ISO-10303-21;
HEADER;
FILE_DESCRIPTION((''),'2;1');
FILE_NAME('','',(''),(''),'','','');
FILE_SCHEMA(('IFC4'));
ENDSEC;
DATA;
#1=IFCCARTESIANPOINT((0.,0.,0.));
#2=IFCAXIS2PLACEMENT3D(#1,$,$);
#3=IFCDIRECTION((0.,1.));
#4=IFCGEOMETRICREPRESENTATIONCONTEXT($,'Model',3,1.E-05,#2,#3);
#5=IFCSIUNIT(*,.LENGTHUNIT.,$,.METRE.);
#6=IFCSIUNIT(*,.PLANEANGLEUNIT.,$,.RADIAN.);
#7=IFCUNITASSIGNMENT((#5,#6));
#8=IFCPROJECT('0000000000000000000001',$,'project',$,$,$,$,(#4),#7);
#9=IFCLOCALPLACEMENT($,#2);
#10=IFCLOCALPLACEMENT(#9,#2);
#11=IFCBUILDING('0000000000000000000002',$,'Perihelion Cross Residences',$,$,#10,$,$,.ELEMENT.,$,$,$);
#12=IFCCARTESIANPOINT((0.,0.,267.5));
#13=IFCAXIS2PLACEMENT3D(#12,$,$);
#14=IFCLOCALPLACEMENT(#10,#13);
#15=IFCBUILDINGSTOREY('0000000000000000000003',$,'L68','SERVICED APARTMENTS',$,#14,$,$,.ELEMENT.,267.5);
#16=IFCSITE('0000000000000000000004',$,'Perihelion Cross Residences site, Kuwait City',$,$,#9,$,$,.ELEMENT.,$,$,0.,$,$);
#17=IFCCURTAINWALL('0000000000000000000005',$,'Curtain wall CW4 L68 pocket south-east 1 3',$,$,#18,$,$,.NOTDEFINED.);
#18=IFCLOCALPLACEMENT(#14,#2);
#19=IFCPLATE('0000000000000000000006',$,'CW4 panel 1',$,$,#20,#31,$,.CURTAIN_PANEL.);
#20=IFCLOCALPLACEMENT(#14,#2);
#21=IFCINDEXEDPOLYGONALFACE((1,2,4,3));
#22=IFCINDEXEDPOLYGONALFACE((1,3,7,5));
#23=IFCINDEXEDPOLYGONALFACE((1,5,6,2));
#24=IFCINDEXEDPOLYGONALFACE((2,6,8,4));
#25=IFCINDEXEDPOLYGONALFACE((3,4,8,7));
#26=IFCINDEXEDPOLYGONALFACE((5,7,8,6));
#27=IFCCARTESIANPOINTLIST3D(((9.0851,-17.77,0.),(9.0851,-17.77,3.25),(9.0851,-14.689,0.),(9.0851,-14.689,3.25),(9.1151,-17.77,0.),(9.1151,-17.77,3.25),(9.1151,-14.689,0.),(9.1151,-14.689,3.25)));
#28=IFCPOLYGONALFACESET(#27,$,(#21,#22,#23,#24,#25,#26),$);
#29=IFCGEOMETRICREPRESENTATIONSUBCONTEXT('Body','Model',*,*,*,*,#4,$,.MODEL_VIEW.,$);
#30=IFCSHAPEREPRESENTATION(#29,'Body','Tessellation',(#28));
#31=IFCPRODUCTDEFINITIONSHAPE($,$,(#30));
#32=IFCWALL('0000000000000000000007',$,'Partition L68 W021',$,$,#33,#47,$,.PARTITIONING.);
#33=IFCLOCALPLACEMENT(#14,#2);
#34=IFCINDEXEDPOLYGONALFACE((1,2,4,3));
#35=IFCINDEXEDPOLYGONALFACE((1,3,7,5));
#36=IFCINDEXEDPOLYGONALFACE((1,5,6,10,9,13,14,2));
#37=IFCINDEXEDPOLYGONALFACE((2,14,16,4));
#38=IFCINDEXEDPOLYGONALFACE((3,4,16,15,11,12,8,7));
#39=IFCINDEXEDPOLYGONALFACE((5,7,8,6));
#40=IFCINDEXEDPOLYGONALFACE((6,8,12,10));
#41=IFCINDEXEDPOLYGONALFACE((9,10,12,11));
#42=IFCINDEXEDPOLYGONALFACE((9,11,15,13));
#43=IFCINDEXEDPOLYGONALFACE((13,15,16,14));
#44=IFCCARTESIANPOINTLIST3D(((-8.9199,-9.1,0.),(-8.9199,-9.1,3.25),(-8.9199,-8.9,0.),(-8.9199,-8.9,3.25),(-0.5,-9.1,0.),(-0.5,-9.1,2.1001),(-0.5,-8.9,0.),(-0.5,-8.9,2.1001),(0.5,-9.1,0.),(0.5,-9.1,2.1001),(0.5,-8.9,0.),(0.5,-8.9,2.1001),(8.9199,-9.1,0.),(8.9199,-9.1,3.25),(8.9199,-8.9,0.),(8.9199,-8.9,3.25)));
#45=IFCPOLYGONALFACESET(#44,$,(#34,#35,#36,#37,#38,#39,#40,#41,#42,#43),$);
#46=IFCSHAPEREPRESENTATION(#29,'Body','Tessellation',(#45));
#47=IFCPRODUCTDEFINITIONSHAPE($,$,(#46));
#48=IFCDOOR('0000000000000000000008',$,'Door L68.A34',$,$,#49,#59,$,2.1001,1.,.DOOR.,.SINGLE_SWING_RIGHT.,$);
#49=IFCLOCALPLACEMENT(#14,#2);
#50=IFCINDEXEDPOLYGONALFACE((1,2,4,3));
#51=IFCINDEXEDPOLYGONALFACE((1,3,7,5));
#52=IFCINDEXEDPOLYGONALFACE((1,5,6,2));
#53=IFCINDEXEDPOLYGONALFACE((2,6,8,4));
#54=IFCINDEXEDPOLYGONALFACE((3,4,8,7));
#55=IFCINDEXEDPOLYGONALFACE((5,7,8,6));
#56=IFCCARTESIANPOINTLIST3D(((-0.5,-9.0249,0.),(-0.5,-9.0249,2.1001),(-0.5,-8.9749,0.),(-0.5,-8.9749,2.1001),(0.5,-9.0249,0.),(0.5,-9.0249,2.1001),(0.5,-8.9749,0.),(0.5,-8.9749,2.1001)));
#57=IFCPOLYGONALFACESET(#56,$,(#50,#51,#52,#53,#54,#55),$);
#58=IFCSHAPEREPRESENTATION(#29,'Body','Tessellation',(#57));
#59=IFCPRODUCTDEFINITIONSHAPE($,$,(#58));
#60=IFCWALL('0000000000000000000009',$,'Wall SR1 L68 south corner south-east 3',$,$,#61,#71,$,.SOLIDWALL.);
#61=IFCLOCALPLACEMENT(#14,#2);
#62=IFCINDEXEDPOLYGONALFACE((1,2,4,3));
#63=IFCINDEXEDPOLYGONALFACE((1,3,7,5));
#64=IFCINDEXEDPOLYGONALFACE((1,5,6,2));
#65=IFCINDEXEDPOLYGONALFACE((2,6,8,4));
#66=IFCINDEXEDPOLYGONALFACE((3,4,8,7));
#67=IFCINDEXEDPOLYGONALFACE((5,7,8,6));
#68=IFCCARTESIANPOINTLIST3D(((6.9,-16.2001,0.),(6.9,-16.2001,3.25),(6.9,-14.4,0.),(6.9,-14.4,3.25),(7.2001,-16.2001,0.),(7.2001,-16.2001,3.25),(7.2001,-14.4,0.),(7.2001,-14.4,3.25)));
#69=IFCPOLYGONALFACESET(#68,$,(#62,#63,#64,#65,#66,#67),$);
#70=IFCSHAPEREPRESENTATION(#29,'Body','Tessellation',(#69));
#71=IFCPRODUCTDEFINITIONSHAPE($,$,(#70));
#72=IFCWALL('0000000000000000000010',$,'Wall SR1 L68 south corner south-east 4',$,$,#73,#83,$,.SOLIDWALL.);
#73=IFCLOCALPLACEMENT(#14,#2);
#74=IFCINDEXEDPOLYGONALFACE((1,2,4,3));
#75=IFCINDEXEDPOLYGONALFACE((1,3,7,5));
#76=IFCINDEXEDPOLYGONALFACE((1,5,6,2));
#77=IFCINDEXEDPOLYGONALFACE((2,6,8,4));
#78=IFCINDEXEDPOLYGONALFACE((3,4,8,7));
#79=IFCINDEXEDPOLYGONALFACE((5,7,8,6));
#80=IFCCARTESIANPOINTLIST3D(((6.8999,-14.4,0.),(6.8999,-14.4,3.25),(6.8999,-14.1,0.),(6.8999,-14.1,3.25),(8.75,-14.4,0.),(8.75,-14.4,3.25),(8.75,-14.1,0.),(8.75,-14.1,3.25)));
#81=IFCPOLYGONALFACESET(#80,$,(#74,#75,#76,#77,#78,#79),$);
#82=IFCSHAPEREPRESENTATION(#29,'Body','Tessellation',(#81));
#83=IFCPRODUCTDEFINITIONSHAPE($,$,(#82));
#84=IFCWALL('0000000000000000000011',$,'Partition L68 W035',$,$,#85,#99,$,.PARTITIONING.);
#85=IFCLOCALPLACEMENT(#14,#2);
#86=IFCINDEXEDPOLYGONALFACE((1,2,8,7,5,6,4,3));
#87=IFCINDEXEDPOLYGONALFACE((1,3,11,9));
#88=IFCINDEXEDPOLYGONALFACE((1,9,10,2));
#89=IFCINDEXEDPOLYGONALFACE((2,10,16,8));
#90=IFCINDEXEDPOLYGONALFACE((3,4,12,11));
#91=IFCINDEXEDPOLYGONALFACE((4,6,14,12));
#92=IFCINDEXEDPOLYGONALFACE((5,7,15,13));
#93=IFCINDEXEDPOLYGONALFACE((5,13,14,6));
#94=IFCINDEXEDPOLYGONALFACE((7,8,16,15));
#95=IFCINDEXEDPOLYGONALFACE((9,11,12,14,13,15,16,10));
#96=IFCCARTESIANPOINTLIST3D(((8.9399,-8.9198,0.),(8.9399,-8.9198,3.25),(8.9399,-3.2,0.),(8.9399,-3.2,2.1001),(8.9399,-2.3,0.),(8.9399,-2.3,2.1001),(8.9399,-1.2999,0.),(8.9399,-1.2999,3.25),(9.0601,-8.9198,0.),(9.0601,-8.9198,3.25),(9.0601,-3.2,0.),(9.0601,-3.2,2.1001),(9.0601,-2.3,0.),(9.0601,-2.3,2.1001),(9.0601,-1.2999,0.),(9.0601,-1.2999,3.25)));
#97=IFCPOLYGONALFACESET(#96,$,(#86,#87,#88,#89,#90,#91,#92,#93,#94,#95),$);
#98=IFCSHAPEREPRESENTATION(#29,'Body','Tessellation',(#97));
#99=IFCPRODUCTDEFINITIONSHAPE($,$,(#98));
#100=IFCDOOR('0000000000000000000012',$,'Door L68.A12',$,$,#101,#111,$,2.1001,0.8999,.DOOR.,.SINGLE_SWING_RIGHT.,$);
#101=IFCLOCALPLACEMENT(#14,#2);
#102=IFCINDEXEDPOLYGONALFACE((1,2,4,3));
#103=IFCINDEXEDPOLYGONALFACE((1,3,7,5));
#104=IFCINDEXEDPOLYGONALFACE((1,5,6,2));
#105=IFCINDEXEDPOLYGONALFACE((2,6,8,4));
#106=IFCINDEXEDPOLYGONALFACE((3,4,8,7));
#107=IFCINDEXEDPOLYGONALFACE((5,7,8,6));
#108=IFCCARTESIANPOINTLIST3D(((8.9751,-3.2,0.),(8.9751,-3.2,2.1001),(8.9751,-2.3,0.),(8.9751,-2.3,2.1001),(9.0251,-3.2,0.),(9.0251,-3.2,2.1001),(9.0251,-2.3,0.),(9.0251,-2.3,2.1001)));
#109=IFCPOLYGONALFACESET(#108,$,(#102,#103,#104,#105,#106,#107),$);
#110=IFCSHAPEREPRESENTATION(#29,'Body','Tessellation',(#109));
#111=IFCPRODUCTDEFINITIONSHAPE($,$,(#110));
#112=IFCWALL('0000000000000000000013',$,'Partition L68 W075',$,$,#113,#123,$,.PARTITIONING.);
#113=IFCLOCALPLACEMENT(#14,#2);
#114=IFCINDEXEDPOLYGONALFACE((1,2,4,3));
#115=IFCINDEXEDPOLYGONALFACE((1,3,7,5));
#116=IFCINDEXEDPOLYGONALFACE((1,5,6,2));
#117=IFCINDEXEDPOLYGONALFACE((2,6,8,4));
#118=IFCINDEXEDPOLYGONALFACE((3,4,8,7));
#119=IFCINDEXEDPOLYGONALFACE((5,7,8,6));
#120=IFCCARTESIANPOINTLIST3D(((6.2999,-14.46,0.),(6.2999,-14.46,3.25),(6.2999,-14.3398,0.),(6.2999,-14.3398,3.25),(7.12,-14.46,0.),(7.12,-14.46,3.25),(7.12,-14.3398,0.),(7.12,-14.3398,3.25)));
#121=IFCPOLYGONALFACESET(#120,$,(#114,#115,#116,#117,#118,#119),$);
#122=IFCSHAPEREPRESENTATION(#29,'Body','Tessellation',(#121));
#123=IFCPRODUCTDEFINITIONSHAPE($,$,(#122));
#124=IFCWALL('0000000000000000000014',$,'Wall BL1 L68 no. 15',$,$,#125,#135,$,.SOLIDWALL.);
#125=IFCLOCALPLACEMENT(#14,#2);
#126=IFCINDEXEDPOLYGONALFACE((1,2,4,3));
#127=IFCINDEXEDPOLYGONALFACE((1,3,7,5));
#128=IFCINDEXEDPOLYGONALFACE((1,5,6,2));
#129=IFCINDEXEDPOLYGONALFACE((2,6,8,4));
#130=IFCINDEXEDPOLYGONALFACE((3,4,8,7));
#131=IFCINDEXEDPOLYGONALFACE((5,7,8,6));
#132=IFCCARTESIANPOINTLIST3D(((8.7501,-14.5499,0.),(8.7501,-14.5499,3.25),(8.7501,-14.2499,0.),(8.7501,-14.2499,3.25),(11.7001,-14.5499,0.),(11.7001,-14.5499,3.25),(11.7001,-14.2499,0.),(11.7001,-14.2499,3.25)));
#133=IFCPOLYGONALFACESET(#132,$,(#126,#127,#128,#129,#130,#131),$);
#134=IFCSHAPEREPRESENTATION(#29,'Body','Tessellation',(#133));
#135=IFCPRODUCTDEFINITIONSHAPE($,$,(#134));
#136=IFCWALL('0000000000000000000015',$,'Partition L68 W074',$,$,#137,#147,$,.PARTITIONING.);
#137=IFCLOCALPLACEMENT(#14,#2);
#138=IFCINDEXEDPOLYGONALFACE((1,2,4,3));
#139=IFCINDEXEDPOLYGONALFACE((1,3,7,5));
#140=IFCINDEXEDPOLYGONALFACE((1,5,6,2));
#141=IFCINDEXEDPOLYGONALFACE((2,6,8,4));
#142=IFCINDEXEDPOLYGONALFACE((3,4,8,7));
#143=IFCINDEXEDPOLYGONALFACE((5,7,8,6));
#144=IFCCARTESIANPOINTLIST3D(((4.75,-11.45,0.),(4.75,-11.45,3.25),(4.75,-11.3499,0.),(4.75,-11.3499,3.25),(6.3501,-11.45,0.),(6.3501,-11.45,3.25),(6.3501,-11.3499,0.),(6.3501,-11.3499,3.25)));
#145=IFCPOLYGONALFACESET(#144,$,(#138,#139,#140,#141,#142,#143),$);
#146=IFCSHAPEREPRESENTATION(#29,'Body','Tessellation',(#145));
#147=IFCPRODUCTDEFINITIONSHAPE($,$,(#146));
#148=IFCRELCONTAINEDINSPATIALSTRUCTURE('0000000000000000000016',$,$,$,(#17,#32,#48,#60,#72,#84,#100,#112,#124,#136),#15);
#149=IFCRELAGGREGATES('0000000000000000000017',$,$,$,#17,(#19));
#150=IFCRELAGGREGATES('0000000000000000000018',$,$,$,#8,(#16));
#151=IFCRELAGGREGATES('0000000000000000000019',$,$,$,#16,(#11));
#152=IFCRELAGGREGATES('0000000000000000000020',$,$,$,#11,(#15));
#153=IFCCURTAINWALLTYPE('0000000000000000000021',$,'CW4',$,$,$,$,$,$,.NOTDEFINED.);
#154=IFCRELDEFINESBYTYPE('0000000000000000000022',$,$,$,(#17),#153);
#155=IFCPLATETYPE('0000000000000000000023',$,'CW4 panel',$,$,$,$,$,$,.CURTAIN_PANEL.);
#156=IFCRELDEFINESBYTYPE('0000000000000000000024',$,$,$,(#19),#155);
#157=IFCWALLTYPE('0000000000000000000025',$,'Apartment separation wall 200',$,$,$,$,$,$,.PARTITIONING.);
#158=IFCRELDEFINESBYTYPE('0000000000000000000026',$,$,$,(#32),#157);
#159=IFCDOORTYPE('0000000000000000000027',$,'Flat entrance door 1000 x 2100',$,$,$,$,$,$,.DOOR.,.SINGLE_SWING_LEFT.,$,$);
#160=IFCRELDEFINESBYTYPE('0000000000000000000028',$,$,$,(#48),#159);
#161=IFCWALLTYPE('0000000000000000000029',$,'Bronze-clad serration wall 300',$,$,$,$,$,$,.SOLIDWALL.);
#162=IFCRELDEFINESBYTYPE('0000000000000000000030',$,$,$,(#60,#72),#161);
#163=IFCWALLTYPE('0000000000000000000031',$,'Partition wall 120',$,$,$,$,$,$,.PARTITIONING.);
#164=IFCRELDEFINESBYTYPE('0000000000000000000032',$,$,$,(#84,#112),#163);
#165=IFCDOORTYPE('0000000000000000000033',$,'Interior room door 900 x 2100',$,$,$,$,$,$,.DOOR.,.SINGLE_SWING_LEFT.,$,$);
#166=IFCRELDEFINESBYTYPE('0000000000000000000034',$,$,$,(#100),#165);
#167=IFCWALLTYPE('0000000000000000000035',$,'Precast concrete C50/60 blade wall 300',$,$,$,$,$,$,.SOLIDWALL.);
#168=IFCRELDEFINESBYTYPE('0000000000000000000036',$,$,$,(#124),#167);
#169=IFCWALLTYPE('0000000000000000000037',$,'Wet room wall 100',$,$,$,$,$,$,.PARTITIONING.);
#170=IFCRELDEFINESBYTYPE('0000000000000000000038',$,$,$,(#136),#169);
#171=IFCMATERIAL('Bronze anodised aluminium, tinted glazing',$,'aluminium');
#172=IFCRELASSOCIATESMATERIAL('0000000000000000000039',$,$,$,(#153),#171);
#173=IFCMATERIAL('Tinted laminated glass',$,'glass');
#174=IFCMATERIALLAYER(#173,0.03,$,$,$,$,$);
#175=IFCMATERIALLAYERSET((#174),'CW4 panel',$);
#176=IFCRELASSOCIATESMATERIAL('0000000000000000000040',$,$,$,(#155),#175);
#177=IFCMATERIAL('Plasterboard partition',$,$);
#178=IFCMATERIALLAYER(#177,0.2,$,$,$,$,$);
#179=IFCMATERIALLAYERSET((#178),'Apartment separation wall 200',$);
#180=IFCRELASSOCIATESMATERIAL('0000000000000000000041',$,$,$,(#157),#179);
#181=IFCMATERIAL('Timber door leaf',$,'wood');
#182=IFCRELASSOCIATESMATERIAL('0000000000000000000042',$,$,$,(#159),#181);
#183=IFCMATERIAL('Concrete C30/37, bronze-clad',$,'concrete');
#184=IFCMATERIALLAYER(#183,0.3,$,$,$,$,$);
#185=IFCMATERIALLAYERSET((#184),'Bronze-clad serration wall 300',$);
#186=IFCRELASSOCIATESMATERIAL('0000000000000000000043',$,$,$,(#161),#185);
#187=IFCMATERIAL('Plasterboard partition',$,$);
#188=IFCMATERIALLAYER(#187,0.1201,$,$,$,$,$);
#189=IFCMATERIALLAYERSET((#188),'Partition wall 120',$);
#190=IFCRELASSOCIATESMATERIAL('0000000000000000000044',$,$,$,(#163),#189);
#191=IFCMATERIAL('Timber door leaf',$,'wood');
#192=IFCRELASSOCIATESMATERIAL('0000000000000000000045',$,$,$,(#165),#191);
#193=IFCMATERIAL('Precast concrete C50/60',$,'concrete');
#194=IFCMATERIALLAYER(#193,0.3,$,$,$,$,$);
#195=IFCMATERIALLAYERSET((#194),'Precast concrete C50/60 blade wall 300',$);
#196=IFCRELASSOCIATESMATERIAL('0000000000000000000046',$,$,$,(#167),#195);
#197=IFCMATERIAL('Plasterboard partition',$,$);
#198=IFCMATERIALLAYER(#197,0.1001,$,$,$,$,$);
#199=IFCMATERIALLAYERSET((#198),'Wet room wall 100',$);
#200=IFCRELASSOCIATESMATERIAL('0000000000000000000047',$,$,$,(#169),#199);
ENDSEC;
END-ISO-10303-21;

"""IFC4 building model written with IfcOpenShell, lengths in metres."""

from ifc_helpers import new_model, si_unit, direction, frame, frame_2d, origin, origin_2d, place, context, subcontext, project, spatial, rectangle, extrude, material, layer, layer_set, type_object, element, fill, aggregate, save


model = new_model("IFC4")

# Units and contexts
model_context = context("Model", 3, precision=1e-05, world=origin(), true_north=direction((0.0, 1.0)))
body_context = subcontext(model_context, "Body", "Model", "MODEL_VIEW")
ifc_project = project(units=[si_unit("LENGTHUNIT", "METRE"), si_unit("PLANEANGLEUNIT", "RADIAN")], contexts=[model_context])

# Site, building, storey
site_placement = place(None, origin())
site = spatial("IfcSite", under=ifc_project, at=site_placement, Name="Perihelion Cross Residences site, Kuwait City", CompositionType="ELEMENT", RefElevation=0.0)
building_placement = place(site_placement, origin())
building = spatial("IfcBuilding", under=site, at=building_placement, Name="Perihelion Cross Residences", CompositionType="ELEMENT")
storey_placement = place(building_placement, frame((0.0, 0.0, 267.5)))
storey = spatial("IfcBuildingStorey", under=building, at=storey_placement, Name="L68", Description="SERVICED APARTMENTS", CompositionType="ELEMENT", Elevation=267.5)

# Shared definitions
ifc_material_1 = material(Name="Bronze anodised aluminium, tinted glazing", Category="aluminium")
curtain_wall_type_1 = type_object("IfcCurtainWallType", Name="CW4", PredefinedType="NOTDEFINED", material=ifc_material_1)

# Curtain wall
curtain_wall_1_placement = place(storey_placement, origin())
curtain_wall_1 = element("IfcCurtainWall", 1, at=curtain_wall_1_placement, inside=storey, type_object=curtain_wall_type_1, Name="Curtain wall CW4 L68 pocket south-east 1 3", PredefinedType="NOTDEFINED")

# Plate
ifc_material_2 = material(Name="Tinted laminated glass", Category="glass")
ifc_layer_1 = layer(ifc_material_2, 0.03)
ifc_layer_set_1 = layer_set([ifc_layer_1], Name="CW4 panel")
plate_type_1 = type_object("IfcPlateType", Name="CW4 panel", PredefinedType="CURTAIN_PANEL", material=ifc_layer_set_1)
plate_1_placement = place(storey_placement, frame((9.1001, -16.2295, 0.0), z_axis=(0.0, 0.0, 1.0), x_axis=(0.0, 1.0, 0.0)))
plate_1 = element("IfcPlate", 2, at=plate_1_placement, type_object=plate_type_1, Name="CW4 panel 1", PredefinedType="CURTAIN_PANEL", context=body_context, shape_type="SweptSolid", body=[
    extrude(rectangle(XDim=3.0811, YDim=0.03, at=origin_2d()), origin(), (0.0, 0.0, 1.0), 3.25),
])
aggregate(curtain_wall_1, [plate_1])

# Wall, opening, door
ifc_material_3 = material(Name="Plasterboard partition")
ifc_layer_2 = layer(ifc_material_3, 0.2)
ifc_layer_set_2 = layer_set([ifc_layer_2], Name="Apartment separation wall 200")
wall_type_1 = type_object("IfcWallType", Name="Apartment separation wall 200", PredefinedType="PARTITIONING", material=ifc_layer_set_2)
wall_1_placement = place(storey_placement, frame((8.9199, -9.0, 0.0), z_axis=(0.0, 0.0, 1.0), x_axis=(-1.0, 0.0, 0.0)))
wall_1 = element("IfcWall", 3, at=wall_1_placement, inside=storey, type_object=wall_type_1, Name="Partition L68 W021", PredefinedType="PARTITIONING", context=body_context, shape_type="SweptSolid", body=[
    extrude(rectangle(XDim=17.8398, YDim=0.2, at=frame_2d((8.9199, 0.0))), origin(), (0.0, 0.0, 1.0), 3.25),
])
opening_1_placement = place(wall_1_placement, frame((8.4199, 0.0, 0.0)))
opening_1 = element("IfcOpeningElement", 4, at=opening_1_placement, cuts=wall_1, PredefinedType="OPENING", context=body_context, shape_type="SweptSolid", body=[
    extrude(rectangle(XDim=1.0, YDim=2.1001, at=frame_2d((0.5, 1.05))), frame((0.0, 0.1099, 0.0), z_axis=(0.0, -1.0, 0.0), x_axis=(1.0, 0.0, 0.0)), (0.0, 0.0, 1.0), 0.22),
])
ifc_material_4 = material(Name="Timber door leaf", Category="wood")
door_type_1 = type_object("IfcDoorType", Name="Flat entrance door 1000 x 2100", OperationType="SINGLE_SWING_LEFT", PredefinedType="DOOR", material=ifc_material_4)
door_1_placement = place(opening_1_placement, origin())
door_1 = element("IfcDoor", 5, at=door_1_placement, inside=storey, type_object=door_type_1, Name="Door L68.A34", OperationType="SINGLE_SWING_RIGHT", OverallHeight=2.1001, OverallWidth=1.0, PredefinedType="DOOR", context=body_context, shape_type="SweptSolid", body=[
    extrude(rectangle(XDim=1.0, YDim=2.1001, at=frame_2d((0.5, 1.05))), frame((0.0, 0.0249, 0.0), z_axis=(0.0, -1.0, 0.0), x_axis=(1.0, 0.0, 0.0)), (0.0, 0.0, 1.0), 0.05),
])
fill(opening_1, door_1)

# Walls
ifc_material_5 = material(Name="Concrete C30/37, bronze-clad", Category="concrete")
ifc_layer_3 = layer(ifc_material_5, 0.3)
ifc_layer_set_3 = layer_set([ifc_layer_3], Name="Bronze-clad serration wall 300")
wall_type_2 = type_object("IfcWallType", Name="Bronze-clad serration wall 300", PredefinedType="SOLIDWALL", material=ifc_layer_set_3)
wall_2_placement = place(storey_placement, frame((7.05, -16.2, 0.0), z_axis=(0.0, 0.0, 1.0), x_axis=(0.0, 1.0, 0.0)))
element("IfcWall", 6, at=wall_2_placement, inside=storey, type_object=wall_type_2, Name="Wall SR1 L68 south corner south-east 3", PredefinedType="SOLIDWALL", context=body_context, shape_type="SweptSolid", body=[
    extrude(rectangle(XDim=1.8, YDim=0.3, at=frame_2d((0.8999, 0.0))), origin(), (0.0, 0.0, 1.0), 3.25),
])
wall_3_placement = place(storey_placement, frame((6.8999, -14.25, 0.0), z_axis=(0.0, 0.0, 1.0), x_axis=(1.0, 0.0, 0.0)))
element("IfcWall", 7, at=wall_3_placement, inside=storey, type_object=wall_type_2, Name="Wall SR1 L68 south corner south-east 4", PredefinedType="SOLIDWALL", context=body_context, shape_type="SweptSolid", body=[
    extrude(rectangle(XDim=1.8501, YDim=0.3, at=frame_2d((0.925, 0.0))), origin(), (0.0, 0.0, 1.0), 3.25),
])

# Wall, opening, door
ifc_material_6 = material(Name="Plasterboard partition")
ifc_layer_4 = layer(ifc_material_6, 0.1201)
ifc_layer_set_4 = layer_set([ifc_layer_4], Name="Partition wall 120")
wall_type_3 = type_object("IfcWallType", Name="Partition wall 120", PredefinedType="PARTITIONING", material=ifc_layer_set_4)
wall_4_placement = place(storey_placement, frame((9.0, -8.9199, 0.0), z_axis=(0.0, 0.0, 1.0), x_axis=(0.0, 1.0, 0.0)))
wall_4 = element("IfcWall", 8, at=wall_4_placement, inside=storey, type_object=wall_type_3, Name="Partition L68 W035", PredefinedType="PARTITIONING", context=body_context, shape_type="SweptSolid", body=[
    extrude(rectangle(XDim=7.6199, YDim=0.1201, at=frame_2d((3.8101, 0.0))), origin(), (0.0, 0.0, 1.0), 3.25),
])
opening_2_placement = place(wall_4_placement, frame((5.72, 0.0, 0.0)))
opening_2 = element("IfcOpeningElement", 9, at=opening_2_placement, cuts=wall_4, PredefinedType="OPENING", context=body_context, shape_type="SweptSolid", body=[
    extrude(rectangle(XDim=0.8999, YDim=2.1001, at=frame_2d((0.45, 1.05))), frame((0.0, 0.0701, 0.0), z_axis=(0.0, -1.0, 0.0), x_axis=(1.0, 0.0, 0.0)), (0.0, 0.0, 1.0), 0.1401),
])
ifc_material_7 = material(Name="Timber door leaf", Category="wood")
door_type_2 = type_object("IfcDoorType", Name="Interior room door 900 x 2100", OperationType="SINGLE_SWING_LEFT", PredefinedType="DOOR", material=ifc_material_7)
door_2_placement = place(opening_2_placement, origin())
door_2 = element("IfcDoor", 10, at=door_2_placement, inside=storey, type_object=door_type_2, Name="Door L68.A12", OperationType="SINGLE_SWING_RIGHT", OverallHeight=2.1001, OverallWidth=0.8999, PredefinedType="DOOR", context=body_context, shape_type="SweptSolid", body=[
    extrude(rectangle(XDim=0.8999, YDim=2.1001, at=frame_2d((0.45, 1.05))), frame((0.0, 0.0249, 0.0), z_axis=(0.0, -1.0, 0.0), x_axis=(1.0, 0.0, 0.0)), (0.0, 0.0, 1.0), 0.05),
])
fill(opening_2, door_2)

# Walls
wall_5_placement = place(storey_placement, frame((7.1201, -14.3999, 0.0), z_axis=(0.0, 0.0, 1.0), x_axis=(-1.0, 0.0, 0.0)))
element("IfcWall", 11, at=wall_5_placement, inside=storey, type_object=wall_type_3, Name="Partition L68 W075", PredefinedType="PARTITIONING", context=body_context, shape_type="SweptSolid", body=[
    extrude(rectangle(XDim=0.8201, YDim=0.1201, at=frame_2d((0.4102, 0.0))), origin(), (0.0, 0.0, 1.0), 3.25),
])
ifc_material_8 = material(Name="Precast concrete C50/60", Category="concrete")
ifc_layer_5 = layer(ifc_material_8, 0.3)
ifc_layer_set_5 = layer_set([ifc_layer_5], Name="Precast concrete C50/60 blade wall 300")
wall_type_4 = type_object("IfcWallType", Name="Precast concrete C50/60 blade wall 300", PredefinedType="SOLIDWALL", material=ifc_layer_set_5)
wall_6_placement = place(storey_placement, frame((8.75, -14.3999, 0.0), z_axis=(0.0, 0.0, 1.0), x_axis=(1.0, 0.0, 0.0)))
element("IfcWall", 12, at=wall_6_placement, inside=storey, type_object=wall_type_4, Name="Wall BL1 L68 no. 15", PredefinedType="SOLIDWALL", context=body_context, shape_type="SweptSolid", body=[
    extrude(rectangle(XDim=2.95, YDim=0.3, at=frame_2d((1.4751, 0.0))), origin(), (0.0, 0.0, 1.0), 3.25),
])
ifc_material_9 = material(Name="Plasterboard partition")
ifc_layer_6 = layer(ifc_material_9, 0.1001)
ifc_layer_set_6 = layer_set([ifc_layer_6], Name="Wet room wall 100")
wall_type_5 = type_object("IfcWallType", Name="Wet room wall 100", PredefinedType="PARTITIONING", material=ifc_layer_set_6)
wall_7_placement = place(storey_placement, frame((6.3501, -11.3999, 0.0), z_axis=(0.0, 0.0, 1.0), x_axis=(-1.0, 0.0, 0.0)))
element("IfcWall", 13, at=wall_7_placement, inside=storey, type_object=wall_type_5, Name="Partition L68 W074", PredefinedType="PARTITIONING", context=body_context, shape_type="SweptSolid", body=[
    extrude(rectangle(XDim=1.6001, YDim=0.1001, at=frame_2d((0.8, 0.0))), origin(), (0.0, 0.0, 1.0), 3.25),
])

save(model, "model.ifc")
